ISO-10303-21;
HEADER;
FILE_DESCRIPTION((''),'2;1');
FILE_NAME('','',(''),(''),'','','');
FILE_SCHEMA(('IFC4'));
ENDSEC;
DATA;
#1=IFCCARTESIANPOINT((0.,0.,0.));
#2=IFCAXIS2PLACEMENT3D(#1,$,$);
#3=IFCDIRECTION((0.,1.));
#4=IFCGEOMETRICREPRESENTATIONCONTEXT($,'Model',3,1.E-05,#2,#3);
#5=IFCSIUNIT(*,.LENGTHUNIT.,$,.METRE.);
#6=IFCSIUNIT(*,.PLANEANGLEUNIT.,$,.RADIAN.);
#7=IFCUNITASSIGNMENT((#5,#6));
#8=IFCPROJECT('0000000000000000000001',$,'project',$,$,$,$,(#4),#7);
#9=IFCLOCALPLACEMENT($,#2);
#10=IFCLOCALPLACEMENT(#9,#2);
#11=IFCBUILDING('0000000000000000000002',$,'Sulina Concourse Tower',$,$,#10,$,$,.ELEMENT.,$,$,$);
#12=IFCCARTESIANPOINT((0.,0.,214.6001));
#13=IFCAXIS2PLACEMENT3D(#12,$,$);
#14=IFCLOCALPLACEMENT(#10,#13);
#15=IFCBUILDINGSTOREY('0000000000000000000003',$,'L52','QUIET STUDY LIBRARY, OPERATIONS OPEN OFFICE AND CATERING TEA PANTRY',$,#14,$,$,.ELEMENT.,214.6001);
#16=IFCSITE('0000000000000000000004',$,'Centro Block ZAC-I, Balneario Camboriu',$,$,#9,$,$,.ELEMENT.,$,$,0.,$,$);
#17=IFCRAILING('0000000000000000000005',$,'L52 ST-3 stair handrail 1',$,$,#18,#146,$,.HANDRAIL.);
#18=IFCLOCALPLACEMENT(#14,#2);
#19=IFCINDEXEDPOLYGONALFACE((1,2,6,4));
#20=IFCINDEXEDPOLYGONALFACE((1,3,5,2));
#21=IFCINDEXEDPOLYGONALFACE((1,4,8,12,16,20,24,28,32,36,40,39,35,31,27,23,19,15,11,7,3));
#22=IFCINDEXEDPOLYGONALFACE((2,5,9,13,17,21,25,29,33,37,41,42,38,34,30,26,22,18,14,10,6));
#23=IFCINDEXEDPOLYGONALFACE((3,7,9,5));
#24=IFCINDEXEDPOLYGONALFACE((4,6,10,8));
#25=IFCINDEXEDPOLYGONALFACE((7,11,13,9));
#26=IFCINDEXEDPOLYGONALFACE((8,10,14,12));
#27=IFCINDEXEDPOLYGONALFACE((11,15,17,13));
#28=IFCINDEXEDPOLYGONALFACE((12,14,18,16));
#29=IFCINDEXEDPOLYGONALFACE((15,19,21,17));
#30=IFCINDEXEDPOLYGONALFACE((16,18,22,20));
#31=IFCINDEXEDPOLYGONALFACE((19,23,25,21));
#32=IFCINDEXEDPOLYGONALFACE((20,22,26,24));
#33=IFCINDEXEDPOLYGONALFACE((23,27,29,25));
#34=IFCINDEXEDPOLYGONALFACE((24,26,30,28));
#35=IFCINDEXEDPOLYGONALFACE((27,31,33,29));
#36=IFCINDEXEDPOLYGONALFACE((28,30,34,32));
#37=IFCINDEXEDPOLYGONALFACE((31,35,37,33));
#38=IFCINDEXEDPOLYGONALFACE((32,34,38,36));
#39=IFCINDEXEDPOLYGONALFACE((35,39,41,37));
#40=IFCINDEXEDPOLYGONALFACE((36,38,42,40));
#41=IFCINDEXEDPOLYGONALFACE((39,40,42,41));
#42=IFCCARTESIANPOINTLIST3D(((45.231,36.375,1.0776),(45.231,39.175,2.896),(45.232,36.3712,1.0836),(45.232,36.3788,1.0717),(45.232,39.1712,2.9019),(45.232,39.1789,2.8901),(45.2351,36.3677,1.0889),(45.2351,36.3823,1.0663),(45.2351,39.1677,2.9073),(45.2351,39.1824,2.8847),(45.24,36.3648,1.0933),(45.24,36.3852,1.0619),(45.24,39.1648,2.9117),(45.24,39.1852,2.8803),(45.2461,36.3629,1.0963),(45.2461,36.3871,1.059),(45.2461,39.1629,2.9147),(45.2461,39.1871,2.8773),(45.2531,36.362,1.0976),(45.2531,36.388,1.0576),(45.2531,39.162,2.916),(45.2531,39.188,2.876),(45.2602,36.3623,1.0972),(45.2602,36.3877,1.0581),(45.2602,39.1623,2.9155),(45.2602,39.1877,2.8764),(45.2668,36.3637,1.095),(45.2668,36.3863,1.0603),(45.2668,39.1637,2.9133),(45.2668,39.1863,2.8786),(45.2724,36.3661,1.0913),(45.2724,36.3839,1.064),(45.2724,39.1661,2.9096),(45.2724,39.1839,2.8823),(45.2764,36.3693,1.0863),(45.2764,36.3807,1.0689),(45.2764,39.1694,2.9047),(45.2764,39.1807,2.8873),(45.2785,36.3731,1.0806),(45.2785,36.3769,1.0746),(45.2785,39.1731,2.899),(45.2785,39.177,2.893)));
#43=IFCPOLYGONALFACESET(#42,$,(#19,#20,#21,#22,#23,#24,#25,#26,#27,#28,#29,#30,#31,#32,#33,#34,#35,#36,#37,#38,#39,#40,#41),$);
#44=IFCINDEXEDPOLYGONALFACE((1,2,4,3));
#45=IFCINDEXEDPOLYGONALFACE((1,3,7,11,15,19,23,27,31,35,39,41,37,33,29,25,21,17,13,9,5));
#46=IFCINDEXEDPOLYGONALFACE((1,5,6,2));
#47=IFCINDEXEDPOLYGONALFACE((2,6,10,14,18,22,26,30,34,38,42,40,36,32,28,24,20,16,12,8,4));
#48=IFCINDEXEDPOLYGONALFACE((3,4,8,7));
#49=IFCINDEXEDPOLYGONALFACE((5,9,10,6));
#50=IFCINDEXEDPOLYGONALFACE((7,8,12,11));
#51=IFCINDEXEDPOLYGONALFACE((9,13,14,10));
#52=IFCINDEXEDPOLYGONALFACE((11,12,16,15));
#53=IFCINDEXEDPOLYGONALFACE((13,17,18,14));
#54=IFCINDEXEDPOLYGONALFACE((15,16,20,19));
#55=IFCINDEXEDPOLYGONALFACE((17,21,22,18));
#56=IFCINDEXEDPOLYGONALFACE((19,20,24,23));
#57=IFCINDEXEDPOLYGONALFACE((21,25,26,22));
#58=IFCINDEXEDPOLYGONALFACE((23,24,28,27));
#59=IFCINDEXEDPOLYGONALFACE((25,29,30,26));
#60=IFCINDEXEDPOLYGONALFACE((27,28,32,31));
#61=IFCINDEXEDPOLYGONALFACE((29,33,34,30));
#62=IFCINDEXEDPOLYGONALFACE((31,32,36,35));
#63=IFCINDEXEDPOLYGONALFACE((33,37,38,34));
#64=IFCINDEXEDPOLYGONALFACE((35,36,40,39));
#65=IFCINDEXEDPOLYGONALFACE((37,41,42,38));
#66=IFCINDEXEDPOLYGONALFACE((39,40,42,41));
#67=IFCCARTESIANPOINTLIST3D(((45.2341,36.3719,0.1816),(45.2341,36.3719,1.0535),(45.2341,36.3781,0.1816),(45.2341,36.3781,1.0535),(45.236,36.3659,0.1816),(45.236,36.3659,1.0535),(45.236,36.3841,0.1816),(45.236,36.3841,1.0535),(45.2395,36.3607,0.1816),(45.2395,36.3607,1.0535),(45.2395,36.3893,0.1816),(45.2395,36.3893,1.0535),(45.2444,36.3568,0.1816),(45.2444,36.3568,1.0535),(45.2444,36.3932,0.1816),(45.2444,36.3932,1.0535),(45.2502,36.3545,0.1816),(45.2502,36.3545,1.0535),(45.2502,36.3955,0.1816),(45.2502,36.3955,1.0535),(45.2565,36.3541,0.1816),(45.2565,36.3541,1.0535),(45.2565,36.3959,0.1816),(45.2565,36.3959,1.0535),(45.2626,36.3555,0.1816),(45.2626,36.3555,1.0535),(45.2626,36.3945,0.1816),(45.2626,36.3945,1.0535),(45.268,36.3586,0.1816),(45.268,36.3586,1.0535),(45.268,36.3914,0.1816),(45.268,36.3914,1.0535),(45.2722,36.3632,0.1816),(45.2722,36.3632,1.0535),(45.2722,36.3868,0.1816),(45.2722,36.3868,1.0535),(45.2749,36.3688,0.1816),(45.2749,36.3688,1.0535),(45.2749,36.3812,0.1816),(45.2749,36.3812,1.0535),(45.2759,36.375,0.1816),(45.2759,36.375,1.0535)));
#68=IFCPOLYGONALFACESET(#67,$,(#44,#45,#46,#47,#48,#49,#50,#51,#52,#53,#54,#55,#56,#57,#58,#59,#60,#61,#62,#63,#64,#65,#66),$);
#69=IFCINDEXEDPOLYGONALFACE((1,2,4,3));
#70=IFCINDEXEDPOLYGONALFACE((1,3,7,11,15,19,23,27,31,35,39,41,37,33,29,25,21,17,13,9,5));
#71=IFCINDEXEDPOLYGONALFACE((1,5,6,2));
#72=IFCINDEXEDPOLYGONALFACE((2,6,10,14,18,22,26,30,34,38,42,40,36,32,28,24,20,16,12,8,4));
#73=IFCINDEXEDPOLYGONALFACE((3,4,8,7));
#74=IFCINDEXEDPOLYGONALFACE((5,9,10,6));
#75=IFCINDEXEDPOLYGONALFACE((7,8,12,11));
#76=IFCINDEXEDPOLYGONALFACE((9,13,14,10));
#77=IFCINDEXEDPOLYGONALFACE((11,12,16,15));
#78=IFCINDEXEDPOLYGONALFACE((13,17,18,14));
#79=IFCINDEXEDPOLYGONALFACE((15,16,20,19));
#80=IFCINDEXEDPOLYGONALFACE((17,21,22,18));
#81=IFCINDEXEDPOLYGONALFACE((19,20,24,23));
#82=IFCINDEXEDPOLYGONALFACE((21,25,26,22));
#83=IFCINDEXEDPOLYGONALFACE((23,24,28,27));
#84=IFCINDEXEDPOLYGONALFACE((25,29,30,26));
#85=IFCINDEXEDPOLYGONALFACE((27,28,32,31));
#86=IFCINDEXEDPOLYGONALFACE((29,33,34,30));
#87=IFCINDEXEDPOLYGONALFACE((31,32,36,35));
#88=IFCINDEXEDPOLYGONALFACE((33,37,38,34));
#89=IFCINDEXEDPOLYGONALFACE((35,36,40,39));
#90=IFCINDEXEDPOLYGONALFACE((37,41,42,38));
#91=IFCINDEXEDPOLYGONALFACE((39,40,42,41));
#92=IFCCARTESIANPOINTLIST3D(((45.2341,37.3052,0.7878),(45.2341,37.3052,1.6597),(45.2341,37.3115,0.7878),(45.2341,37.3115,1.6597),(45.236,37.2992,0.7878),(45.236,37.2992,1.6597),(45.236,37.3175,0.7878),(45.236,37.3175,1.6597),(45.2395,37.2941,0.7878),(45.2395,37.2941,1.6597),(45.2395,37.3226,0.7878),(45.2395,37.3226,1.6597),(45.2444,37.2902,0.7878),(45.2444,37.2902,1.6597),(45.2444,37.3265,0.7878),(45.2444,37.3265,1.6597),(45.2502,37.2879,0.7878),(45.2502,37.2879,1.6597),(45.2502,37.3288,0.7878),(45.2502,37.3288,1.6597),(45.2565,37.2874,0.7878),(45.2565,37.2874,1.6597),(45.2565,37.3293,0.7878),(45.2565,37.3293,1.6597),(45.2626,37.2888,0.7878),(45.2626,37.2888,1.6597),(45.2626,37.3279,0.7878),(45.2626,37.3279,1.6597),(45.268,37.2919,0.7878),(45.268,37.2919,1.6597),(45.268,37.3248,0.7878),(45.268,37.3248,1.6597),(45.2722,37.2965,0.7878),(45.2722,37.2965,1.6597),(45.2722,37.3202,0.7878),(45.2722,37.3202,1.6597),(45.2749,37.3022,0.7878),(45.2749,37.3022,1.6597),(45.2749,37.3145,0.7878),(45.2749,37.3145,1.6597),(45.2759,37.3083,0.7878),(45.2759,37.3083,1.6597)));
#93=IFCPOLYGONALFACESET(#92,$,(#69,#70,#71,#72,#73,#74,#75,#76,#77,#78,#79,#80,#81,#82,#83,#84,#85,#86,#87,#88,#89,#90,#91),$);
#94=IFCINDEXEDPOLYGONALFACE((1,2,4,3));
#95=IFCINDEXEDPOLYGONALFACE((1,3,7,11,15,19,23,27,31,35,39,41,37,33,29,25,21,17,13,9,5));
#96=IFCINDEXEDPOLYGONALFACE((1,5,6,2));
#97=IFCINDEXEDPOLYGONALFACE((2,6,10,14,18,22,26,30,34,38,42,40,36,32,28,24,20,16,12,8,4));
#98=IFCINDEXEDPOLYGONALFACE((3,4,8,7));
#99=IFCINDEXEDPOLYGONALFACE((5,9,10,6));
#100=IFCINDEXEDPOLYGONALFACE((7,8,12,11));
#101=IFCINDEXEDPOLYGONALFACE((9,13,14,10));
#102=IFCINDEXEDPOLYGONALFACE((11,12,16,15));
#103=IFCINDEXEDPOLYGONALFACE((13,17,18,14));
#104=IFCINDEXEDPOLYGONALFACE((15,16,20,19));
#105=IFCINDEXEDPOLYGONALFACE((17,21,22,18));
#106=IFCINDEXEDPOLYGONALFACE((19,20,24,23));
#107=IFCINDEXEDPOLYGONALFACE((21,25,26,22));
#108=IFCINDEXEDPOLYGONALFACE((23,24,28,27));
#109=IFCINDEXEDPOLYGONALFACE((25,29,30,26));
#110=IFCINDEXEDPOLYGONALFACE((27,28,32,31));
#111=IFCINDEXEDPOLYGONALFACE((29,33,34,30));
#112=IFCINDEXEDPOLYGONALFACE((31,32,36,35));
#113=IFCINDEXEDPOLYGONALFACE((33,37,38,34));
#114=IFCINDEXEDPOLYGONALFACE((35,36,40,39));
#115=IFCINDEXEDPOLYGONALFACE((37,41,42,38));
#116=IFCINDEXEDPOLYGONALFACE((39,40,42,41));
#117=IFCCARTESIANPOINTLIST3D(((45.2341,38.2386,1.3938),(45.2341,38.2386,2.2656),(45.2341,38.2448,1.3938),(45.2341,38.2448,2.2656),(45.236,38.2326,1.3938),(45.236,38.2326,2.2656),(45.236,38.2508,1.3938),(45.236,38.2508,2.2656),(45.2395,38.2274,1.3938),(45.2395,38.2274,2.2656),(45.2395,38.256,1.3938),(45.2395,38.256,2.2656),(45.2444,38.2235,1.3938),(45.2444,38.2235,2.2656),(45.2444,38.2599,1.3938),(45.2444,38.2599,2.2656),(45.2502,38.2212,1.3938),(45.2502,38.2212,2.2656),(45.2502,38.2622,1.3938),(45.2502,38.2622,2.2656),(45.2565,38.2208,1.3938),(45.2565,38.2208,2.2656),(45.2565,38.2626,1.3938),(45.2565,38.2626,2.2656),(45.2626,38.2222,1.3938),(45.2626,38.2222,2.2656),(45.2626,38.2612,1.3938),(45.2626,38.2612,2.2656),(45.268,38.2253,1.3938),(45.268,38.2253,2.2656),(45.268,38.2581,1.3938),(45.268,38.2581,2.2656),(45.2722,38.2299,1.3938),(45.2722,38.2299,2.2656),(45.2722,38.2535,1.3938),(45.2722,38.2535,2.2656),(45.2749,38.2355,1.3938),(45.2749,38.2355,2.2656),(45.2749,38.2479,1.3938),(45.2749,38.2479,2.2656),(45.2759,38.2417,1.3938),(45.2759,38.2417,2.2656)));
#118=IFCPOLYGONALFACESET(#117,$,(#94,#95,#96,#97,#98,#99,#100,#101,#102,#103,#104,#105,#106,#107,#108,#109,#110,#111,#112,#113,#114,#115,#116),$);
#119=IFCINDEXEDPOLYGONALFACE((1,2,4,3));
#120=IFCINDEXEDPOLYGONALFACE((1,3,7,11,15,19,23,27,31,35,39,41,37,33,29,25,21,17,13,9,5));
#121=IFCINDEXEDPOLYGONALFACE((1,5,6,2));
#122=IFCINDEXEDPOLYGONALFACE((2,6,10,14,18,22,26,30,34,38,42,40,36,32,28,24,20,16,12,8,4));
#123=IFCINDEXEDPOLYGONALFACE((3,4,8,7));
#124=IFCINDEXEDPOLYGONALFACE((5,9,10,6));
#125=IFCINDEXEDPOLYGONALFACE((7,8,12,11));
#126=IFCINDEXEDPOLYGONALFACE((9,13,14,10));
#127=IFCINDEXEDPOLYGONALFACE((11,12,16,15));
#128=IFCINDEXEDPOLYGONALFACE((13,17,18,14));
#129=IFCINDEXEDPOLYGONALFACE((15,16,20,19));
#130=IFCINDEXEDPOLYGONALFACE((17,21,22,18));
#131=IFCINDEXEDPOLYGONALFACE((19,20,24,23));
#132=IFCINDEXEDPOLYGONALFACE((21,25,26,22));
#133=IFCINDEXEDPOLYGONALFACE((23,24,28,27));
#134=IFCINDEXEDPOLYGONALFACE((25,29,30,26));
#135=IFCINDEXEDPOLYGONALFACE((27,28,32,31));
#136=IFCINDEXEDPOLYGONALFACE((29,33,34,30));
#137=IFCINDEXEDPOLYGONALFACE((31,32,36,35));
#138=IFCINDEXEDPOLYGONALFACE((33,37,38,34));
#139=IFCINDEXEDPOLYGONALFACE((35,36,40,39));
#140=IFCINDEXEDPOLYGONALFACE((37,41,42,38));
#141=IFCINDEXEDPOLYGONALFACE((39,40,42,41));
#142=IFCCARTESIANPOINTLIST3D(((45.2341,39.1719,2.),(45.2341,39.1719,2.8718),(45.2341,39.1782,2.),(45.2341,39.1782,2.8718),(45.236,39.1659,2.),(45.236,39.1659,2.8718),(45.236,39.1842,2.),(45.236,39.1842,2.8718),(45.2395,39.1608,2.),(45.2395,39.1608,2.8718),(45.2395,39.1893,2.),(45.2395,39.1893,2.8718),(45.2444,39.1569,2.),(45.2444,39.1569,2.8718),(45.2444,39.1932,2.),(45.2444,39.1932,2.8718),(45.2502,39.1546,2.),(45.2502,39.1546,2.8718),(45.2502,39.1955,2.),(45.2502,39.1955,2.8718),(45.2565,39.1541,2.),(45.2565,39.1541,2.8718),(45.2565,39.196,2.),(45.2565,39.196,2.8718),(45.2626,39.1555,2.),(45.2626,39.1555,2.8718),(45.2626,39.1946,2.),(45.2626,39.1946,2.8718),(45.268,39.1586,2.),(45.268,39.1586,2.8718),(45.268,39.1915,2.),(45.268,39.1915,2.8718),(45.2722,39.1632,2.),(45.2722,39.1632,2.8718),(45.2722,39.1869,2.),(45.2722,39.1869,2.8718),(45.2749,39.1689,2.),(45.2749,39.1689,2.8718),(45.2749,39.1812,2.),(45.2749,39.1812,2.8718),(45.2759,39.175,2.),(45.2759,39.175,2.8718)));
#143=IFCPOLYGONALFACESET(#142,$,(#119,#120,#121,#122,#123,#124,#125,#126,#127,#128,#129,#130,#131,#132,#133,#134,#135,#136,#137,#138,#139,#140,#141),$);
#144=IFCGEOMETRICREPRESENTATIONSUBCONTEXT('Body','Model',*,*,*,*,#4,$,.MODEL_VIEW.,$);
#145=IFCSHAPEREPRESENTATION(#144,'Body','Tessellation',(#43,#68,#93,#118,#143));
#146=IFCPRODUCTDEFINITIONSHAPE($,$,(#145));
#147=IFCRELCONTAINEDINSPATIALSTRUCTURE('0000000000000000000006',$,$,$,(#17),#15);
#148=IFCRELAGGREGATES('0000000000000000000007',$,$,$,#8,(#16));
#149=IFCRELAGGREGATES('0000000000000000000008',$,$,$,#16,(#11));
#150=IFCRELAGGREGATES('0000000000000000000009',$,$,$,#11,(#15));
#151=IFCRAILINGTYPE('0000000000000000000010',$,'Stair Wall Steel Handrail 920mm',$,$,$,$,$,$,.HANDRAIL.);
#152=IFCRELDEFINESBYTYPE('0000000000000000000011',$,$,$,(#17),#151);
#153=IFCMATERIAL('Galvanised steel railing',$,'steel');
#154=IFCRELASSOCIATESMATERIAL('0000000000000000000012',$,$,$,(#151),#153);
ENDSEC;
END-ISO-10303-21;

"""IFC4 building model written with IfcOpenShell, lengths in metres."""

from ifc_helpers import new_model, si_unit, direction, frame, origin, origin_2d, place, context, subcontext, project, spatial, circle, extrude, material, type_object, element, save


model = new_model("IFC4")

# Units and contexts
model_context = context("Model", 3, precision=1e-05, world=origin(), true_north=direction((0.0, 1.0)))
body_context = subcontext(model_context, "Body", "Model", "MODEL_VIEW")
ifc_project = project(units=[si_unit("LENGTHUNIT", "METRE"), si_unit("PLANEANGLEUNIT", "RADIAN")], contexts=[model_context])

# Site, building, storey
site_placement = place(None, origin())
site = spatial("IfcSite", under=ifc_project, at=site_placement, Name="Centro Block ZAC-I, Balneario Camboriu", CompositionType="ELEMENT", RefElevation=0.0)
building_placement = place(site_placement, origin())
building = spatial("IfcBuilding", under=site, at=building_placement, Name="Sulina Concourse Tower", CompositionType="ELEMENT")
storey_placement = place(building_placement, frame((0.0, 0.0, 214.6001)))
storey = spatial("IfcBuildingStorey", under=building, at=storey_placement, Name="L52", Description="QUIET STUDY LIBRARY, OPERATIONS OPEN OFFICE AND CATERING TEA PANTRY", CompositionType="ELEMENT", Elevation=214.6001)

# Railing
ifc_material_1 = material(Name="Galvanised steel railing", Category="steel")
railing_type_1 = type_object("IfcRailingType", Name="Stair Wall Steel Handrail 920mm", PredefinedType="HANDRAIL", material=ifc_material_1)
railing_1_placement = place(storey_placement, frame((45.2549, 36.375, 0.1816)))
element("IfcRailing", 1, at=railing_1_placement, inside=storey, type_object=railing_type_1, Name="L52 ST-3 stair handrail 1", PredefinedType="HANDRAIL", context=body_context, shape_type="SweptSolid", body=[
    extrude(circle(Radius=0.0239, at=origin_2d()), frame((0.0, 0.0, 0.896), z_axis=(0.0, 0.838672, 0.544636), x_axis=(-1.0, 0.0, 0.0)), (0.0, 0.0, 1.0), 3.3386),
    extrude(circle(Radius=0.021, at=origin_2d()), origin(), (0.0, 0.0, 1.0), 0.8718),
    extrude(circle(Radius=0.021, at=origin_2d()), frame((0.0, 0.9333, 0.6062)), (0.0, 0.0, 1.0), 0.8718),
    extrude(circle(Radius=0.021, at=origin_2d()), frame((0.0, 1.8667, 1.2122)), (0.0, 0.0, 1.0), 0.8718),
    extrude(circle(Radius=0.021, at=origin_2d()), frame((0.0, 2.8, 1.8184)), (0.0, 0.0, 1.0), 0.8718),
])

save(model, "model.ifc")
